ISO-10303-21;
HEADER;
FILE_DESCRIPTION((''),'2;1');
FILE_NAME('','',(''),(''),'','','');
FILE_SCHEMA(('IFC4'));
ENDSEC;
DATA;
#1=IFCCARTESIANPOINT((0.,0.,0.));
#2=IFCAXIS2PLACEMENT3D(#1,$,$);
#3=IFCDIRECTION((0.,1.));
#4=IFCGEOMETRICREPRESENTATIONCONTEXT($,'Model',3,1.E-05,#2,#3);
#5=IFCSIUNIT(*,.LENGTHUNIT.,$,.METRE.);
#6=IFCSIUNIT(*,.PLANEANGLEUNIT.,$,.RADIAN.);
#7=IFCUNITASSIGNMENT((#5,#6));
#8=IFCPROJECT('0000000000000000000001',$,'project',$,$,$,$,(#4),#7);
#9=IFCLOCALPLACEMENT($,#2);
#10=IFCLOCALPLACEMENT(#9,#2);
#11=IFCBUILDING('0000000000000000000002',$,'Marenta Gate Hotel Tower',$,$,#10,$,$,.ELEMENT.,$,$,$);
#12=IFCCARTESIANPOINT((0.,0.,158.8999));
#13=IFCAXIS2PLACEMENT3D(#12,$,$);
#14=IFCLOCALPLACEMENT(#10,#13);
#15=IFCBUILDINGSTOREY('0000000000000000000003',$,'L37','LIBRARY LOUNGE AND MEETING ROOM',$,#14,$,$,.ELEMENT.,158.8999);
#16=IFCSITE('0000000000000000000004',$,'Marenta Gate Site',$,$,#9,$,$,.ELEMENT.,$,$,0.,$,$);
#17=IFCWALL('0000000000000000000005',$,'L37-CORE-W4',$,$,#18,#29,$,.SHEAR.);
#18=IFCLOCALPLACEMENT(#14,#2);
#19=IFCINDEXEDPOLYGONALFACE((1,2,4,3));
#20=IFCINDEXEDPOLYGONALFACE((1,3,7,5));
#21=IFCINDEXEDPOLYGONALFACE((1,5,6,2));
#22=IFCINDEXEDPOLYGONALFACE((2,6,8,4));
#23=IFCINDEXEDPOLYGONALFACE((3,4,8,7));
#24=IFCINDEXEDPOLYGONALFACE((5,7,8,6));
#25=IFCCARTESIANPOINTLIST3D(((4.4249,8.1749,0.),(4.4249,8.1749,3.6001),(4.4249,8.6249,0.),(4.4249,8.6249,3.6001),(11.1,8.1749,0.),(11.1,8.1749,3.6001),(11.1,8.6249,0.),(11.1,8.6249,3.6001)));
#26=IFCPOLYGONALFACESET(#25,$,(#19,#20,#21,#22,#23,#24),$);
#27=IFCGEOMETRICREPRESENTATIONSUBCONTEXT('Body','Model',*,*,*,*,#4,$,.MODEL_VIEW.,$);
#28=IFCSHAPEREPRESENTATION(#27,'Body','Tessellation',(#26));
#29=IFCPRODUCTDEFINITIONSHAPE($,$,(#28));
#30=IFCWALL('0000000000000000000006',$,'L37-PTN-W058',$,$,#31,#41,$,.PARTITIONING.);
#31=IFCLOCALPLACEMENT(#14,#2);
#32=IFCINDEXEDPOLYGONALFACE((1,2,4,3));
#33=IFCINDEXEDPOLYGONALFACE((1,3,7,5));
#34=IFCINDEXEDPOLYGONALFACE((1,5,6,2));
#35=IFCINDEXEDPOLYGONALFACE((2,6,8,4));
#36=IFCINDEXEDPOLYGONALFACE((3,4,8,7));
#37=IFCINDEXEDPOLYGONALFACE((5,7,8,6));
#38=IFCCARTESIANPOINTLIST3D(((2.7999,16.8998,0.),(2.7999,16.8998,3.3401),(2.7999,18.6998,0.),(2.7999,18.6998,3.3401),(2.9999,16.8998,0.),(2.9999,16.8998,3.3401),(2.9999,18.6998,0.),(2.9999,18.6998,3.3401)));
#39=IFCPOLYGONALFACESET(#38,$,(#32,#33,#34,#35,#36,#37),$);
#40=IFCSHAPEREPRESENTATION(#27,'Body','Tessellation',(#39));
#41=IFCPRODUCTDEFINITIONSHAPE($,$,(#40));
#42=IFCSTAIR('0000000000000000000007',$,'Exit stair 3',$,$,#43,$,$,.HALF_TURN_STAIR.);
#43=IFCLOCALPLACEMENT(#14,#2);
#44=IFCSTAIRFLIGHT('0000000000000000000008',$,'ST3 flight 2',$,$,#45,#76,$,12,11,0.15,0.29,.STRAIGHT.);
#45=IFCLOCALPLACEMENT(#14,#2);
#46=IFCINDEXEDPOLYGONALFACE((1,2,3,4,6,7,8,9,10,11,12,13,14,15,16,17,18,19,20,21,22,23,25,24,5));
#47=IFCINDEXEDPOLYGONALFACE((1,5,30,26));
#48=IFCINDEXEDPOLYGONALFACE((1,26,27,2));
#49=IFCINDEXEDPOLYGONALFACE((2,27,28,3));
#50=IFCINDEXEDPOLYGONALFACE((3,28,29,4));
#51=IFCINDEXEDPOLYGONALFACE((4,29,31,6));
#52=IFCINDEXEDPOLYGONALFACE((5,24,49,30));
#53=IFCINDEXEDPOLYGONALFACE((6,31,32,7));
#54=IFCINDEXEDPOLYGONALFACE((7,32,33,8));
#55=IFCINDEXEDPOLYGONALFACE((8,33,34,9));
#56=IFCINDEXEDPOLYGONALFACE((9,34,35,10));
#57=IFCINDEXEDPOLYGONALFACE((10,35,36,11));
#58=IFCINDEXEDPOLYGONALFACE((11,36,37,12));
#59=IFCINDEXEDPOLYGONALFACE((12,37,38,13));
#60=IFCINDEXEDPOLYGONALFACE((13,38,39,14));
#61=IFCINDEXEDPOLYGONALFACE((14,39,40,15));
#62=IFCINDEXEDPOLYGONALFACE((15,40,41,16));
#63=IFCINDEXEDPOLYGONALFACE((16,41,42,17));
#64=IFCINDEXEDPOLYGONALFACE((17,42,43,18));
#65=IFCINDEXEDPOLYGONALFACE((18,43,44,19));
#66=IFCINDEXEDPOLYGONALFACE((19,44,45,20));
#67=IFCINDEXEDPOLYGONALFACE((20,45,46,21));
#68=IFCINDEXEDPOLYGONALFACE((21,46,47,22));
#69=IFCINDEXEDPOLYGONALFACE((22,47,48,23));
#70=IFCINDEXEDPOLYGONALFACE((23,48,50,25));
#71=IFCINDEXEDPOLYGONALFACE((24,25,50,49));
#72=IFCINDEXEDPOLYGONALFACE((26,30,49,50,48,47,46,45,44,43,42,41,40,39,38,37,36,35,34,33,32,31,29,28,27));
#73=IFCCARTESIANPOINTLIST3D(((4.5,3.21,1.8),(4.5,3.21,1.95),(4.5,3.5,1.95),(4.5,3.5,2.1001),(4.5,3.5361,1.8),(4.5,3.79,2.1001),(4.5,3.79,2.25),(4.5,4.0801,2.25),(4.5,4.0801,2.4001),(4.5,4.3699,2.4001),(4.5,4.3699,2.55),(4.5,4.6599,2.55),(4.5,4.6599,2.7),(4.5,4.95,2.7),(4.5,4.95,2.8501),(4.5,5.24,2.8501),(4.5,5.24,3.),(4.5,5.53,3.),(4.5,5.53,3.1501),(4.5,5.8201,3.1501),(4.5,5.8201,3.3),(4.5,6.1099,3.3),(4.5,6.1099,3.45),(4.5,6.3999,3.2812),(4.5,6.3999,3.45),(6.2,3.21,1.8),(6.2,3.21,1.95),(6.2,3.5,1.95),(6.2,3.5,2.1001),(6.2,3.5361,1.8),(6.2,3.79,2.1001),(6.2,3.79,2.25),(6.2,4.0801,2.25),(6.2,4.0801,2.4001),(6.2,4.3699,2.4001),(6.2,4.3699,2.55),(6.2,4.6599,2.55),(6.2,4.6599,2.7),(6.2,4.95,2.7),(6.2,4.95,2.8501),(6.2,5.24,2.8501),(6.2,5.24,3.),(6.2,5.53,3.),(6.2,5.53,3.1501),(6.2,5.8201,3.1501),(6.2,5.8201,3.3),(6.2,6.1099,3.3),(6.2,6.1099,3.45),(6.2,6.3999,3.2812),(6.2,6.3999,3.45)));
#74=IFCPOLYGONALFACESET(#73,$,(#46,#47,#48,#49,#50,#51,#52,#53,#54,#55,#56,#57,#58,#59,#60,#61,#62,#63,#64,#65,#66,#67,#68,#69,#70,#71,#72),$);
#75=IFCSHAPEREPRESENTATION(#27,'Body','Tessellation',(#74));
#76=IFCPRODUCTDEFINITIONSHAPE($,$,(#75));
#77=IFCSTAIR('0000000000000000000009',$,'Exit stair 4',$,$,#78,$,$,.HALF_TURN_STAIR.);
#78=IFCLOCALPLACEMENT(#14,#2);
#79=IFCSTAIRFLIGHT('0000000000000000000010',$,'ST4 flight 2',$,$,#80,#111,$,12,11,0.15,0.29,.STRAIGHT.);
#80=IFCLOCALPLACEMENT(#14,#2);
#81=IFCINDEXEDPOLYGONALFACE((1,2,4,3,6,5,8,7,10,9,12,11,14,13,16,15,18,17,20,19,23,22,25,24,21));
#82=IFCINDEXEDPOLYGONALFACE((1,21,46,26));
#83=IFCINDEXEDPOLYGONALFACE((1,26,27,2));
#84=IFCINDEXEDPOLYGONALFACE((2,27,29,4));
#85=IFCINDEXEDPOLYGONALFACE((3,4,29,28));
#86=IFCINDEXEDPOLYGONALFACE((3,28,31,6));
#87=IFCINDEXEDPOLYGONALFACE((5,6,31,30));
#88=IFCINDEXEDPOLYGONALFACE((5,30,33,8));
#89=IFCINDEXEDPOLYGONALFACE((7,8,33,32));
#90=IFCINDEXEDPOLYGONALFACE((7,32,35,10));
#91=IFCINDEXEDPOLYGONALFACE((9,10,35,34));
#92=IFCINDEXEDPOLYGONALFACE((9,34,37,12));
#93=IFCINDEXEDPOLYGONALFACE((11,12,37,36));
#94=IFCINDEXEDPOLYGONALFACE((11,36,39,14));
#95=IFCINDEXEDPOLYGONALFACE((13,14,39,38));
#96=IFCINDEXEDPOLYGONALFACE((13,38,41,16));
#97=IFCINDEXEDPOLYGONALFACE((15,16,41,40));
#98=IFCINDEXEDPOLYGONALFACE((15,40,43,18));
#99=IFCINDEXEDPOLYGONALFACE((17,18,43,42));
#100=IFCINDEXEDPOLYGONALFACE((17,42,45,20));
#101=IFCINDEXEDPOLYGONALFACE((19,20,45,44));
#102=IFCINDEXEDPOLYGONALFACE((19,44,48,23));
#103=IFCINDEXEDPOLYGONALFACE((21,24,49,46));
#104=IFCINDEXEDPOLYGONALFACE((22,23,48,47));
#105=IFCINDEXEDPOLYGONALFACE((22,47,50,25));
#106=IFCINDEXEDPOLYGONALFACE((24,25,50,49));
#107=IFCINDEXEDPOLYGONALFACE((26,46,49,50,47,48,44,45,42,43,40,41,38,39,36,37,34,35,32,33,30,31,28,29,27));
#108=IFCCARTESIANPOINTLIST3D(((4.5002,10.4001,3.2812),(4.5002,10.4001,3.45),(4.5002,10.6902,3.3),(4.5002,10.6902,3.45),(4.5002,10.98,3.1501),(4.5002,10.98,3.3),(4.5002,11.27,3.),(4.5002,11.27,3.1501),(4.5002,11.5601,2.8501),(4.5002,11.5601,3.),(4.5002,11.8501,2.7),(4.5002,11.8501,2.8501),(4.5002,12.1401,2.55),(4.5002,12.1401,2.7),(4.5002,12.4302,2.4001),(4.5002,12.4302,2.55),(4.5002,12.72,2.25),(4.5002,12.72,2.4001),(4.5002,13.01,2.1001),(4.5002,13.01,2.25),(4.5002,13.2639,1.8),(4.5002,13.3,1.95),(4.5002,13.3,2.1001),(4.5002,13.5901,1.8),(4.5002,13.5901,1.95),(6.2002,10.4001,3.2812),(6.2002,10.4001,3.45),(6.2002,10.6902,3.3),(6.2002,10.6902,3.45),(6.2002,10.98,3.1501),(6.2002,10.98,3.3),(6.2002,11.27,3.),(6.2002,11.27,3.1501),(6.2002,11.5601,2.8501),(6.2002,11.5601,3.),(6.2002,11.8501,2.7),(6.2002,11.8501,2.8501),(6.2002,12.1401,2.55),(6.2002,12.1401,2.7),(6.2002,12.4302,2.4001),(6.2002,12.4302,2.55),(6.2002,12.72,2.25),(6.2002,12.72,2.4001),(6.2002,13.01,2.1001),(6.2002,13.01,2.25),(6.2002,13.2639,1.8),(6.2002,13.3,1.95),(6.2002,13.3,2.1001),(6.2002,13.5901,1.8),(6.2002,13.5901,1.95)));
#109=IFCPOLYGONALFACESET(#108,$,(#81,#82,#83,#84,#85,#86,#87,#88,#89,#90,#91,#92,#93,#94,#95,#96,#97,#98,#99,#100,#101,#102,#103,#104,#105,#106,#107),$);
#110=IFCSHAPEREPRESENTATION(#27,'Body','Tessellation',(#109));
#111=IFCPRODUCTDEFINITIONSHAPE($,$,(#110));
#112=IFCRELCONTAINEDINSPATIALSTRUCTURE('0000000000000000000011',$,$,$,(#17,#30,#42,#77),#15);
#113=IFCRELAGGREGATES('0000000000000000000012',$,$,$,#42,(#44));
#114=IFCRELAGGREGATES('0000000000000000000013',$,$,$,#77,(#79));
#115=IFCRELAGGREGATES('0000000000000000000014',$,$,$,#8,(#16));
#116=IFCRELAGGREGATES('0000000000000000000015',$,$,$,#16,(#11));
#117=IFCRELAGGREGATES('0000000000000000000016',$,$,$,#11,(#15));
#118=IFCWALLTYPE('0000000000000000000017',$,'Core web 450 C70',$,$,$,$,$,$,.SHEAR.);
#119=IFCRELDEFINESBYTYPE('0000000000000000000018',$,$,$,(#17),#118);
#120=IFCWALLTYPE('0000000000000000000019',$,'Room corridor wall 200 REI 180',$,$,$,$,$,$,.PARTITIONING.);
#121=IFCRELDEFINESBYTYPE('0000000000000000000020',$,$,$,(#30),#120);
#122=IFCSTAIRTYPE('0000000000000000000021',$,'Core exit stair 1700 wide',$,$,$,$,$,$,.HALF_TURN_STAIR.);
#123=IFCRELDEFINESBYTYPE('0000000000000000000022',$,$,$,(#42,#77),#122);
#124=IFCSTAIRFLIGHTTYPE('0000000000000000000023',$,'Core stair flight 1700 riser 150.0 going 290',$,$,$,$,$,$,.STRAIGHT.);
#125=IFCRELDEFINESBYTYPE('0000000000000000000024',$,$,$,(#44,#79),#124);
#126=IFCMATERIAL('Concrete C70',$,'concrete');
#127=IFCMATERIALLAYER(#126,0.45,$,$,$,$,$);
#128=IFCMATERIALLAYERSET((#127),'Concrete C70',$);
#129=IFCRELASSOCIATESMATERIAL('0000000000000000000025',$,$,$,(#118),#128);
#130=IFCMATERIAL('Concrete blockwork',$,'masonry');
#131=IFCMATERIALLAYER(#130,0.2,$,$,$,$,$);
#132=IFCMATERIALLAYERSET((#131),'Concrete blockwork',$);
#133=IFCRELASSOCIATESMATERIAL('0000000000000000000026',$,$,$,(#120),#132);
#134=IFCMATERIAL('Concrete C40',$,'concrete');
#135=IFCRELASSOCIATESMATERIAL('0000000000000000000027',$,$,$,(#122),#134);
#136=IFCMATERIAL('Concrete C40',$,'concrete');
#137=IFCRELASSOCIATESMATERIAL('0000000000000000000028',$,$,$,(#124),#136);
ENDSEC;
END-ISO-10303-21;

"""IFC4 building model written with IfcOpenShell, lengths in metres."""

from ifc_helpers import new_model, si_unit, direction, frame, frame_2d, origin, place, context, subcontext, project, spatial, polyline, rectangle, outline, extrude, material, layer, layer_set, type_object, element, aggregate, save


model = new_model("IFC4")

# Units and contexts
model_context = context("Model", 3, precision=1e-05, world=origin(), true_north=direction((0.0, 1.0)))
body_context = subcontext(model_context, "Body", "Model", "MODEL_VIEW")
ifc_project = project(units=[si_unit("LENGTHUNIT", "METRE"), si_unit("PLANEANGLEUNIT", "RADIAN")], contexts=[model_context])

# Site, building, storey
site_placement = place(None, origin())
site = spatial("IfcSite", under=ifc_project, at=site_placement, Name="Marenta Gate Site", CompositionType="ELEMENT", RefElevation=0.0)
building_placement = place(site_placement, origin())
building = spatial("IfcBuilding", under=site, at=building_placement, Name="Marenta Gate Hotel Tower", CompositionType="ELEMENT")
storey_placement = place(building_placement, frame((0.0, 0.0, 158.8999)))
storey = spatial("IfcBuildingStorey", under=building, at=storey_placement, Name="L37", Description="LIBRARY LOUNGE AND MEETING ROOM", CompositionType="ELEMENT", Elevation=158.8999)

# Shared definitions
ifc_material_1 = material(Name="Concrete C70", Category="concrete")
ifc_layer_1 = layer(ifc_material_1, 0.45)
ifc_layer_set_1 = layer_set([ifc_layer_1], Name="Concrete C70")
wall_type_1 = type_object("IfcWallType", Name="Core web 450 C70", PredefinedType="SHEAR", material=ifc_layer_set_1)

# Walls
wall_1_placement = place(storey_placement, frame((4.425, 8.3999, 0.0), z_axis=(0.0, 0.0, 1.0), x_axis=(1.0, 0.0, 0.0)))
element("IfcWall", 1, at=wall_1_placement, inside=storey, type_object=wall_type_1, Name="L37-CORE-W4", PredefinedType="SHEAR", context=body_context, shape_type="SweptSolid", body=[
    extrude(rectangle(XDim=6.675, YDim=0.45, at=frame_2d((3.3374, 0.0))), origin(), (0.0, 0.0, 1.0), 3.6001),
])
ifc_material_2 = material(Name="Concrete blockwork", Category="masonry")
ifc_layer_2 = layer(ifc_material_2, 0.2)
ifc_layer_set_2 = layer_set([ifc_layer_2], Name="Concrete blockwork")
wall_type_2 = type_object("IfcWallType", Name="Room corridor wall 200 REI 180", PredefinedType="PARTITIONING", material=ifc_layer_set_2)
wall_2_placement = place(storey_placement, frame((2.8999, 16.8999, 0.0), z_axis=(0.0, 0.0, 1.0), x_axis=(0.0, 1.0, 0.0)))
element("IfcWall", 2, at=wall_2_placement, inside=storey, type_object=wall_type_2, Name="L37-PTN-W058", PredefinedType="PARTITIONING", context=body_context, shape_type="SweptSolid", body=[
    extrude(rectangle(XDim=1.8, YDim=0.2, at=frame_2d((0.8999, 0.0))), origin(), (0.0, 0.0, 1.0), 3.3401),
])

# Stairs, stair flights
ifc_material_3 = material(Name="Concrete C40", Category="concrete")
stair_type_1 = type_object("IfcStairType", Name="Core exit stair 1700 wide", PredefinedType="HALF_TURN_STAIR", material=ifc_material_3)
stair_1_placement = place(storey_placement, origin())
stair_1 = element("IfcStair", 3, at=stair_1_placement, inside=storey, type_object=stair_type_1, Name="Exit stair 3", PredefinedType="HALF_TURN_STAIR")
ifc_material_4 = material(Name="Concrete C40", Category="concrete")
stair_flight_type = type_object("IfcStairFlightType", Name="Core stair flight 1700 riser 150.0 going 290", PredefinedType="STRAIGHT", material=ifc_material_4)
stair_flight_1_placement = place(storey_placement, frame((5.3501, 3.21, 1.8), z_axis=(0.0, 0.0, 1.0), x_axis=(0.0, 1.0, 0.0)))
stair_flight_1 = element("IfcStairFlight", 4, at=stair_flight_1_placement, type_object=stair_flight_type, Name="ST3 flight 2", NumberOfRisers=12, NumberOfTreads=11, PredefinedType="STRAIGHT", RiserHeight=0.15, TreadLength=0.29, context=body_context, shape_type="SweptSolid", body=[
    extrude(outline(polyline([(0.0, 0.0), (0.0, 0.1499), (0.29, 0.1499), (0.29, 0.3), (0.5801, 0.3), (0.5801, 0.45), (0.8701, 0.45), (0.8701, 0.6001), (1.1599, 0.6001), (1.1599, 0.75), (1.45, 0.75), (1.45, 0.8999), (1.74, 0.8999), (1.74, 1.05), (2.03, 1.05), (2.03, 1.2), (2.3201, 1.2), (2.3201, 1.3501), (2.6101, 1.3501), (2.6101, 1.5), (2.8999, 1.5), (2.8999, 1.6499), (3.1899, 1.6499), (3.1899, 1.8), (3.1899, 1.4812), (0.3262, 0.0), (0.0, 0.0)])), frame((0.0, 0.8501, 0.0), z_axis=(0.0, -1.0, 0.0), x_axis=(1.0, 0.0, 0.0)), (0.0, 0.0, 1.0), 1.7),
])
aggregate(stair_1, [stair_flight_1])
stair_2_placement = place(storey_placement, origin())
stair_2 = element("IfcStair", 5, at=stair_2_placement, inside=storey, type_object=stair_type_1, Name="Exit stair 4", PredefinedType="HALF_TURN_STAIR")
stair_flight_2_placement = place(storey_placement, frame((5.3501, 13.5901, 1.8), z_axis=(0.0, 0.0, 1.0), x_axis=(0.0, -1.0, 0.0)))
stair_flight_2 = element("IfcStairFlight", 6, at=stair_flight_2_placement, type_object=stair_flight_type, Name="ST4 flight 2", NumberOfRisers=12, NumberOfTreads=11, PredefinedType="STRAIGHT", RiserHeight=0.15, TreadLength=0.29, context=body_context, shape_type="SweptSolid", body=[
    extrude(outline(polyline([(0.0, 0.0), (0.0, 0.1499), (0.29, 0.1499), (0.29, 0.3), (0.5801, 0.3), (0.5801, 0.45), (0.8701, 0.45), (0.8701, 0.6001), (1.1599, 0.6001), (1.1599, 0.75), (1.45, 0.75), (1.45, 0.8999), (1.74, 0.8999), (1.74, 1.05), (2.03, 1.05), (2.03, 1.2), (2.3201, 1.2), (2.3201, 1.3501), (2.6101, 1.3501), (2.6101, 1.5), (2.8999, 1.5), (2.8999, 1.6499), (3.1899, 1.6499), (3.1899, 1.8), (3.1899, 1.4812), (0.3262, 0.0), (0.0, 0.0)])), frame((0.0, 0.8501, 0.0), z_axis=(0.0, -1.0, 0.0), x_axis=(1.0, 0.0, 0.0)), (0.0, 0.0, 1.0), 1.7),
])
aggregate(stair_2, [stair_flight_2])

save(model, "model.ifc")
